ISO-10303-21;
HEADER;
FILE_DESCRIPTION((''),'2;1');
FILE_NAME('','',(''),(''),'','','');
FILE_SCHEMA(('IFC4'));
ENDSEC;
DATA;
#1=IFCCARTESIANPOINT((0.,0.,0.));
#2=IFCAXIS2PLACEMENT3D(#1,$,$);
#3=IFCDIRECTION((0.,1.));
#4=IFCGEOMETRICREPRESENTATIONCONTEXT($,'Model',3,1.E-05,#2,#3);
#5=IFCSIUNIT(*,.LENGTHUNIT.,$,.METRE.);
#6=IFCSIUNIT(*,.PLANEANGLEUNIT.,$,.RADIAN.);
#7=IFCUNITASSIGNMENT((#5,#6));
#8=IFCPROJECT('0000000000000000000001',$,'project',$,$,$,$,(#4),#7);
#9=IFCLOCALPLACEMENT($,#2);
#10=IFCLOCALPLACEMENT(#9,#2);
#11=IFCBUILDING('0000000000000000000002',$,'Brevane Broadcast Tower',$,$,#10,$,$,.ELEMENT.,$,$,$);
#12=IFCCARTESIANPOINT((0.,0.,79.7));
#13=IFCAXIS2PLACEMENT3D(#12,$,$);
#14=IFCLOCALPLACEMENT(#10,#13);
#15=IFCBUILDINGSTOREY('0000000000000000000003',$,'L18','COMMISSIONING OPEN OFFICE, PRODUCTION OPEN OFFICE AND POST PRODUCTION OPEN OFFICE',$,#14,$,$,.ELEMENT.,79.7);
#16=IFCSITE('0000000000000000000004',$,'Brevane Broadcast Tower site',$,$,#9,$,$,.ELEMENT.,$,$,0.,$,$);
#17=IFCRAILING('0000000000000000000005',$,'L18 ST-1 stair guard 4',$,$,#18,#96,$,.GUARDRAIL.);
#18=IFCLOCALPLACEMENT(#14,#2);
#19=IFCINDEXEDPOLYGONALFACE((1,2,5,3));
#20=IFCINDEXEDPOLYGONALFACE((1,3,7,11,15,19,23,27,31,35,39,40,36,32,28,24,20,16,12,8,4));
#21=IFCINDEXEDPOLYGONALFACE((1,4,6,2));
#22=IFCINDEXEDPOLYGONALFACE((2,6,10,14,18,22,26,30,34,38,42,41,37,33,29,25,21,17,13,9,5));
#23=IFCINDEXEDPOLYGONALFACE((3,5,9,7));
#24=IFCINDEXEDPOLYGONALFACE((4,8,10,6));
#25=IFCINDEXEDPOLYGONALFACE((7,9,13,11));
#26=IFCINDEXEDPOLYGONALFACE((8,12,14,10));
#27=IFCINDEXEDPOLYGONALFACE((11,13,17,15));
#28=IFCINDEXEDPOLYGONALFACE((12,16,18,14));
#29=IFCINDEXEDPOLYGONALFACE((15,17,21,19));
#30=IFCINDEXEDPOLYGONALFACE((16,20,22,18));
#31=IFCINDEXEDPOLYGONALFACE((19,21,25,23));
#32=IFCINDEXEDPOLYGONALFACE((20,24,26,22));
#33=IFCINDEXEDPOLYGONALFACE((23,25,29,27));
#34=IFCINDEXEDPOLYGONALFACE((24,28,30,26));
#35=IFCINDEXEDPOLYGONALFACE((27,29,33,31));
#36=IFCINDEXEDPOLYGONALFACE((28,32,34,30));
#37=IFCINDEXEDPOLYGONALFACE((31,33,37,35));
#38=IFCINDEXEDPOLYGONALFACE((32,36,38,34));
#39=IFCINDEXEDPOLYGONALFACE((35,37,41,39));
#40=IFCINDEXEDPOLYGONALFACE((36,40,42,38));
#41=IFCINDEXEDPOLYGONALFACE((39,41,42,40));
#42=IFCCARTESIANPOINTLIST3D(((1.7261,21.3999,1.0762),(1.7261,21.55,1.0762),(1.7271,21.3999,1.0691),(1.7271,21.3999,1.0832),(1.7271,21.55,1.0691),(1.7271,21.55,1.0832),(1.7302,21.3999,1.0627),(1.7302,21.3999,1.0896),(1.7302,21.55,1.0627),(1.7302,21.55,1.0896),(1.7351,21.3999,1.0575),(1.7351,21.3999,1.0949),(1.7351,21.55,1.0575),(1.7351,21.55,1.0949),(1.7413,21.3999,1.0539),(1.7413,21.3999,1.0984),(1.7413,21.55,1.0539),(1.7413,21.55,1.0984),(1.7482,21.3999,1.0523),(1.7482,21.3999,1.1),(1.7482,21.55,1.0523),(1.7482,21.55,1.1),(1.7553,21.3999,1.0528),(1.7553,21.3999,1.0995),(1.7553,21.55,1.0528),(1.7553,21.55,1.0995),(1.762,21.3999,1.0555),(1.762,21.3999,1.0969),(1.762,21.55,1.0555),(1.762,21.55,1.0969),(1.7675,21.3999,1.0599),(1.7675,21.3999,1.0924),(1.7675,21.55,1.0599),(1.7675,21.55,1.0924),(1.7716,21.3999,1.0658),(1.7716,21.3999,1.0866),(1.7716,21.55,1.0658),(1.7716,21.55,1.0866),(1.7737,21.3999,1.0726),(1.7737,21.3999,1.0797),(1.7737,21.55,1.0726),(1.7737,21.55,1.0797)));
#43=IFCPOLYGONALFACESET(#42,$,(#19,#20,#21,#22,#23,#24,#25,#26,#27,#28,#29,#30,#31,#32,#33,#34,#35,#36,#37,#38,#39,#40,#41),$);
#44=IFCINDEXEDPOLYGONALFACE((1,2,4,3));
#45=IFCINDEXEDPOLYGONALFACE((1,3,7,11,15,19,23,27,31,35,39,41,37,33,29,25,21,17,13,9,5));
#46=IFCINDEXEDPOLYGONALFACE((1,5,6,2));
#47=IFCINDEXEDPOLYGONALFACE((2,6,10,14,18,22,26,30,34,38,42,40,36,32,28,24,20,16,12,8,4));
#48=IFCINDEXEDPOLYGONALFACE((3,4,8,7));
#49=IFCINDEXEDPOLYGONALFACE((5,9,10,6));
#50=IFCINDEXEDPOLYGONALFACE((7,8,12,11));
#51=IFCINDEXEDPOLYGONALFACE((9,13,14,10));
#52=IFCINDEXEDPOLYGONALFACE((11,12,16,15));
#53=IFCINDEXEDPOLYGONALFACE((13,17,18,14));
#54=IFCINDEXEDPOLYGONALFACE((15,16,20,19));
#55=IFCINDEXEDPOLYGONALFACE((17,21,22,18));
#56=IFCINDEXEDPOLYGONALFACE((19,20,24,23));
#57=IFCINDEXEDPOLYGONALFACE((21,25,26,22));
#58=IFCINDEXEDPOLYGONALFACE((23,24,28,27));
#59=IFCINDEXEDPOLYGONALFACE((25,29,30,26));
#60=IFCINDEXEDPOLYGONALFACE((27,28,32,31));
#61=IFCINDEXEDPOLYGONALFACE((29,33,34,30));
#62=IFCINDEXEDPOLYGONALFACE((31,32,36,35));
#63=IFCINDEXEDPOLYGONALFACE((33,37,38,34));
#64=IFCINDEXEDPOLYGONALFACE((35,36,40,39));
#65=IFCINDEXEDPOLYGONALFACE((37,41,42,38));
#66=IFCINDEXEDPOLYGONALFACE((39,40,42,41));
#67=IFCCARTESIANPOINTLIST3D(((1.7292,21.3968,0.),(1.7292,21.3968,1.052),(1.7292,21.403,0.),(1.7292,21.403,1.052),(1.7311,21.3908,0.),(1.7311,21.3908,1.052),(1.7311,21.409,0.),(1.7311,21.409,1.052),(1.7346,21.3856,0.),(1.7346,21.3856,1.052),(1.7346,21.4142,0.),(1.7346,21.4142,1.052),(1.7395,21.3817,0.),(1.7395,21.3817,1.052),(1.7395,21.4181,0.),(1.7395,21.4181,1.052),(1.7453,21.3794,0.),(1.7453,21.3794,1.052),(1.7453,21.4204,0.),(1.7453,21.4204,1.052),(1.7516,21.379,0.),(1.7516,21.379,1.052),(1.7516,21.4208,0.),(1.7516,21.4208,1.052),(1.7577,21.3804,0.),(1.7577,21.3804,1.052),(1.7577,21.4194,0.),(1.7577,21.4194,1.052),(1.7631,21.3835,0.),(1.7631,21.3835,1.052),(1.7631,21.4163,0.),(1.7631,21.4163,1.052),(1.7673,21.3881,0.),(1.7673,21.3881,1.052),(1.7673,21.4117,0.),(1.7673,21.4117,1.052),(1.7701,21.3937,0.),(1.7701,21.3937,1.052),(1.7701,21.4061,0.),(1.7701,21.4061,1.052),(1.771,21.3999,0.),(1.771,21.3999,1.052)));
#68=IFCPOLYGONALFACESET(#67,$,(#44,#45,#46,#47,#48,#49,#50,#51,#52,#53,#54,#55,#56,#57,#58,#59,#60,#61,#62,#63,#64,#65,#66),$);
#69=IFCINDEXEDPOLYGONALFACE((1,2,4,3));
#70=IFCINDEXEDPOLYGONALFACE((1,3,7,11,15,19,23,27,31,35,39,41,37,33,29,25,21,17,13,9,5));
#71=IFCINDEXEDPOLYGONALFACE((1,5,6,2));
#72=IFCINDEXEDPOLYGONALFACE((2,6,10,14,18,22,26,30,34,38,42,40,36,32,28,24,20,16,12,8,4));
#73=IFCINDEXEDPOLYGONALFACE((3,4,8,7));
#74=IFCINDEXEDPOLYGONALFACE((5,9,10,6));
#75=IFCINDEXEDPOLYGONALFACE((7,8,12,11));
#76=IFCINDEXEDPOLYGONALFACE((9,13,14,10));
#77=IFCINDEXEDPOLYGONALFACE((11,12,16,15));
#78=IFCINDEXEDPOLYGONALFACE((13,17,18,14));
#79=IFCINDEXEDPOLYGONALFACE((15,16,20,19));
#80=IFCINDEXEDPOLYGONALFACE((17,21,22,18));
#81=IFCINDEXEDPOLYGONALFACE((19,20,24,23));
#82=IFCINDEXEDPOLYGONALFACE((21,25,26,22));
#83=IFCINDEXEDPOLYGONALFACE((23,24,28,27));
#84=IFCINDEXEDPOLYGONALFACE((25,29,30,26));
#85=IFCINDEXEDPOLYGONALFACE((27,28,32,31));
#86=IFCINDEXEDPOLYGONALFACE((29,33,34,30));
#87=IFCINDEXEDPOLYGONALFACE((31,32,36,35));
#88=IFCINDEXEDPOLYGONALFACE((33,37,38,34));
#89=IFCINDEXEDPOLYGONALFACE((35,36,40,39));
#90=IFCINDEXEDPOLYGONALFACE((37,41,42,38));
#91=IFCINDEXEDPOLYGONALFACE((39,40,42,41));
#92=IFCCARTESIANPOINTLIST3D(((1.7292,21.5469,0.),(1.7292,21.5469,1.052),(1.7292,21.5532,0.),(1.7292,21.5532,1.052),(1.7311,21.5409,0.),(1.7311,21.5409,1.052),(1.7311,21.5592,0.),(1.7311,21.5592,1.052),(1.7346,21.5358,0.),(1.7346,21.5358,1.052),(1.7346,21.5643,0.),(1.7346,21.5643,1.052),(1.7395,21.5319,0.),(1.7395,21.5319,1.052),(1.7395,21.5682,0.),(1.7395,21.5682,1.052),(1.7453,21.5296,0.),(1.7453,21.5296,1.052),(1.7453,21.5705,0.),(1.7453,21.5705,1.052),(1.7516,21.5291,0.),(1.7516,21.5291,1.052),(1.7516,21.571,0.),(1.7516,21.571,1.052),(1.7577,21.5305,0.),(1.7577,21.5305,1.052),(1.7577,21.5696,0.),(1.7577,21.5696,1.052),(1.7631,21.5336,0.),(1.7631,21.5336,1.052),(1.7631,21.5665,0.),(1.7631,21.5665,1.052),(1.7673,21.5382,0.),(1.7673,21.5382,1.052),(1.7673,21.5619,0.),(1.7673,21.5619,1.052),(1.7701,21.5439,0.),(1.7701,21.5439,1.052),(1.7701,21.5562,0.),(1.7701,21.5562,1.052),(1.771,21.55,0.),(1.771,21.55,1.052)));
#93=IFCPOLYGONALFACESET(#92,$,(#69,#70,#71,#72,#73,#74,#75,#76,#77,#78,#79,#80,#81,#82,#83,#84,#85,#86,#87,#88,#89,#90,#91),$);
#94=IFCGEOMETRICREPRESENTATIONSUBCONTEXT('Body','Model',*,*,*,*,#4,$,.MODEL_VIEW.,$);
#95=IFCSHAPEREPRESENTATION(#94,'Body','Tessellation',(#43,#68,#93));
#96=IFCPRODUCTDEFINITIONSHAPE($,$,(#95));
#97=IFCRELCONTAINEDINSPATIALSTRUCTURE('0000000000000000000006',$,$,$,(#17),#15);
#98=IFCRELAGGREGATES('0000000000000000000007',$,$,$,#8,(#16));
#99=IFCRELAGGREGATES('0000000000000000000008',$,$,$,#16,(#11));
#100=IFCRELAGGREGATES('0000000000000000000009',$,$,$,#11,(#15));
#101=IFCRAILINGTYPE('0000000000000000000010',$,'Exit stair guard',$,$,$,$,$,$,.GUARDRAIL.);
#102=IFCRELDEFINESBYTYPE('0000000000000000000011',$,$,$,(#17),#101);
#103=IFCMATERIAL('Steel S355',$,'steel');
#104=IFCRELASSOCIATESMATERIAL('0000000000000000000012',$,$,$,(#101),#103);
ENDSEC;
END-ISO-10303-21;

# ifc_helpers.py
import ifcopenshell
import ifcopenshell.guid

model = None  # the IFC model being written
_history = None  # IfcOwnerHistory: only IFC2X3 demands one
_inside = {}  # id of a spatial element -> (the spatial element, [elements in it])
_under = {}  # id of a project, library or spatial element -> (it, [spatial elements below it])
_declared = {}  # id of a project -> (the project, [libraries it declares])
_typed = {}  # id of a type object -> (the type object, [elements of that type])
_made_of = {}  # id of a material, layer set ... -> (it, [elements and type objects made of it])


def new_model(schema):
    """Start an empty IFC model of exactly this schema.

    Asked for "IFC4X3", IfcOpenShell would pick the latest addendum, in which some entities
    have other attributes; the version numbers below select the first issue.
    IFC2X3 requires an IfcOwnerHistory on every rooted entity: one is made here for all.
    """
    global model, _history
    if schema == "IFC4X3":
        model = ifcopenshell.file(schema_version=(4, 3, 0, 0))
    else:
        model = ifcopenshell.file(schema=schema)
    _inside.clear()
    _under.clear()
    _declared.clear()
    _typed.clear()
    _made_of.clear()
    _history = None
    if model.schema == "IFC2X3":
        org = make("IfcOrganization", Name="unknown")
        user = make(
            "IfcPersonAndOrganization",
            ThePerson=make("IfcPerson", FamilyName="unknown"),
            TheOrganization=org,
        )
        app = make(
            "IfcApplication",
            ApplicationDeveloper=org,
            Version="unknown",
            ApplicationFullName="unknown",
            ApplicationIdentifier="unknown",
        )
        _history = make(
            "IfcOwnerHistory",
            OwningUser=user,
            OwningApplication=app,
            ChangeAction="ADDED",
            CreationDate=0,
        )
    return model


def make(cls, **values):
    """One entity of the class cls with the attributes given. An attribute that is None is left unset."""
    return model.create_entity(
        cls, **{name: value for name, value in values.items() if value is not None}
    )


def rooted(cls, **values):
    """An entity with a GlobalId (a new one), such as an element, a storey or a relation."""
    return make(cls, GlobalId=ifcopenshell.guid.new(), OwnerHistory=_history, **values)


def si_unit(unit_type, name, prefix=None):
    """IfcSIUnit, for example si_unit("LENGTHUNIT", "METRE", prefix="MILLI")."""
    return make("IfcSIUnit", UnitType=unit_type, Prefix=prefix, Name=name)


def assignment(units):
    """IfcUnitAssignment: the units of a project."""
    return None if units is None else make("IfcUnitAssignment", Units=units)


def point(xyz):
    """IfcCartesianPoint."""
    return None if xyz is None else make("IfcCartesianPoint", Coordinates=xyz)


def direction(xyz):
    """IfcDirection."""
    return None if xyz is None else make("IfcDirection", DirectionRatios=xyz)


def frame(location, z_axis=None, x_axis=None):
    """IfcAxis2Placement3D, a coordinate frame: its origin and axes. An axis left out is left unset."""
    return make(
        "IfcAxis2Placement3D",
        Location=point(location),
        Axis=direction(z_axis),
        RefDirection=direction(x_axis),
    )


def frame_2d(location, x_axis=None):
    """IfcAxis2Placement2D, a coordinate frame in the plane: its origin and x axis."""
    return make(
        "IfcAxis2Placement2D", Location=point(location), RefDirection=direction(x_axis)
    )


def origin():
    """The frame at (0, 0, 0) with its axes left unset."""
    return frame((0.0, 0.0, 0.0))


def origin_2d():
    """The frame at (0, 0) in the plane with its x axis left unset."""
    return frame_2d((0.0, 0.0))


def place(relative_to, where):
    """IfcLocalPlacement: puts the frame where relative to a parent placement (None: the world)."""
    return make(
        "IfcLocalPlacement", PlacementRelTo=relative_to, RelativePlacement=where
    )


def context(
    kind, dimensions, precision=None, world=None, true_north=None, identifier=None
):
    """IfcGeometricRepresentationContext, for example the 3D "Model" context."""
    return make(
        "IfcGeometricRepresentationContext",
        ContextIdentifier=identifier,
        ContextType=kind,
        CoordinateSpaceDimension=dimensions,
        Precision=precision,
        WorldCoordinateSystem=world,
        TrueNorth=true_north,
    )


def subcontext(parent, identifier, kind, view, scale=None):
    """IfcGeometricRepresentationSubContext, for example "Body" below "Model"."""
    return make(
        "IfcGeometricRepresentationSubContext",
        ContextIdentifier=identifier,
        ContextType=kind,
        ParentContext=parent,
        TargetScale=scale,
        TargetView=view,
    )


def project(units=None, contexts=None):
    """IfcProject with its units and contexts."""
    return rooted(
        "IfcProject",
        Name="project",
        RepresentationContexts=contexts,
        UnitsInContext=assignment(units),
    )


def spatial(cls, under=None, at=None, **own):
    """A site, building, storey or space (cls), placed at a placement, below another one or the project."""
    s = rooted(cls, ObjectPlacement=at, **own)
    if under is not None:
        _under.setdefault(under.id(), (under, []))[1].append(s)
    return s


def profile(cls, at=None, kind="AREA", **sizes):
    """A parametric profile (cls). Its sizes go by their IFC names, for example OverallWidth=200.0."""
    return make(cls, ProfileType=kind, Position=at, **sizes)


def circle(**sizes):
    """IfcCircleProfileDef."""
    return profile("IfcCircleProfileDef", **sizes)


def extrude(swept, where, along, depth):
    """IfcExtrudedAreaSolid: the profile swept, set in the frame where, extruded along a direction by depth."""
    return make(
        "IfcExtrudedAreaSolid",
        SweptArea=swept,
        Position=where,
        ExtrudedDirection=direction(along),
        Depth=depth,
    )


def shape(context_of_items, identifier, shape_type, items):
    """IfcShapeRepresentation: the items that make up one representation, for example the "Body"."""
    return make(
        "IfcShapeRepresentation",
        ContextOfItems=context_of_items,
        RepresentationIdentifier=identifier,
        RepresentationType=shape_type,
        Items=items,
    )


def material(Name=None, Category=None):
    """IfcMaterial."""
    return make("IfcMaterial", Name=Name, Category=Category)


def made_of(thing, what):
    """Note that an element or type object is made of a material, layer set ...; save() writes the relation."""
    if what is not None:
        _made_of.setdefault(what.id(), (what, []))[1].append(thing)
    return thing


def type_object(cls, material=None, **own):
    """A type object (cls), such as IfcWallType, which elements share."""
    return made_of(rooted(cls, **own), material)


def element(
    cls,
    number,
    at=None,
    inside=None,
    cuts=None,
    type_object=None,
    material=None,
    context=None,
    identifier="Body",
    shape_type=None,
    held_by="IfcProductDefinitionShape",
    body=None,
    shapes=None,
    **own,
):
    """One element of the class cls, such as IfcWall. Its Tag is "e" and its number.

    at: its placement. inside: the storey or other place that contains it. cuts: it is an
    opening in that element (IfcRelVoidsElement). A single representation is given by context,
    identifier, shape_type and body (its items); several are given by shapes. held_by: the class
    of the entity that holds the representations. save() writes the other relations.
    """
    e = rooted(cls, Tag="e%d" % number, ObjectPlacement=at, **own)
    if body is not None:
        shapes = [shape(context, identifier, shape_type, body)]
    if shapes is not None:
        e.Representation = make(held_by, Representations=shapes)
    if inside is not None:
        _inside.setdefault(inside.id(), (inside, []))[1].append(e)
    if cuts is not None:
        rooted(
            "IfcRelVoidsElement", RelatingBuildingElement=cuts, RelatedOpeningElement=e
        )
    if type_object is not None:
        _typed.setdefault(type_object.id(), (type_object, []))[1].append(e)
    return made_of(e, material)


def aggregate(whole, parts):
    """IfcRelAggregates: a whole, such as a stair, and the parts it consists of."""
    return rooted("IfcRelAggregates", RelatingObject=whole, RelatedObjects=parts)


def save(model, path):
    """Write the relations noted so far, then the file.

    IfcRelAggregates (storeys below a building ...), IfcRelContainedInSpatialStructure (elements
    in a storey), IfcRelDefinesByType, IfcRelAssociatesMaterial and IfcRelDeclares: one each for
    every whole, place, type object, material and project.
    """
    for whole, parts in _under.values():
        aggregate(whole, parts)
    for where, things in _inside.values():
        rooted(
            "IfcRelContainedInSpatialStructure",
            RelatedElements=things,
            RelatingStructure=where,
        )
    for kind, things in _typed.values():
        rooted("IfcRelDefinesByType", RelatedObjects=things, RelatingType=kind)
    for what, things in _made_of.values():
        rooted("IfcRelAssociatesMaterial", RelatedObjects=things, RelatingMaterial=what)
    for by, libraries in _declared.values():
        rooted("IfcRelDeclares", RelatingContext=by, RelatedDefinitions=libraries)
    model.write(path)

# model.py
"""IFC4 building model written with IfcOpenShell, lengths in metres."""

from ifc_helpers import new_model, si_unit, direction, frame, origin, origin_2d, place, context, subcontext, project, spatial, circle, extrude, material, type_object, element, save


model = new_model("IFC4")

# Units and contexts
model_context = context("Model", 3, precision=1e-05, world=origin(), true_north=direction((0.0, 1.0)))
body_context = subcontext(model_context, "Body", "Model", "MODEL_VIEW")
ifc_project = project(units=[si_unit("LENGTHUNIT", "METRE"), si_unit("PLANEANGLEUNIT", "RADIAN")], contexts=[model_context])

# Site, building, storey
site_placement = place(None, origin())
site = spatial("IfcSite", under=ifc_project, at=site_placement, Name="Brevane Broadcast Tower site", CompositionType="ELEMENT", RefElevation=0.0)
building_placement = place(site_placement, origin())
building = spatial("IfcBuilding", under=site, at=building_placement, Name="Brevane Broadcast Tower", CompositionType="ELEMENT")
storey_placement = place(building_placement, frame((0.0, 0.0, 79.7)))
storey = spatial("IfcBuildingStorey", under=building, at=storey_placement, Name="L18", Description="COMMISSIONING OPEN OFFICE, PRODUCTION OPEN OFFICE AND POST PRODUCTION OPEN OFFICE", CompositionType="ELEMENT", Elevation=79.7)

# Railing
ifc_material_1 = material(Name="Steel S355", Category="steel")
railing_type_1 = type_object("IfcRailingType", Name="Exit stair guard", PredefinedType="GUARDRAIL", material=ifc_material_1)
railing_1_placement = place(storey_placement, frame((1.75, 21.3999, 0.0)))
element("IfcRailing", 1, at=railing_1_placement, inside=storey, type_object=railing_type_1, Name="L18 ST-1 stair guard 4", PredefinedType="GUARDRAIL", context=body_context, shape_type="SweptSolid", body=[
    extrude(circle(Radius=0.0239, at=origin_2d()), frame((0.0, 0.0, 1.0762), z_axis=(0.0, 1.0, 0.0), x_axis=(-1.0, 0.0, 0.0)), (0.0, 0.0, 1.0), 0.1501),
    extrude(circle(Radius=0.021, at=origin_2d()), origin(), (0.0, 0.0, 1.0), 1.052),
    extrude(circle(Radius=0.021, at=origin_2d()), frame((0.0, 0.1501, 0.0)), (0.0, 0.0, 1.0), 1.052),
])

save(model, "model.ifc")
